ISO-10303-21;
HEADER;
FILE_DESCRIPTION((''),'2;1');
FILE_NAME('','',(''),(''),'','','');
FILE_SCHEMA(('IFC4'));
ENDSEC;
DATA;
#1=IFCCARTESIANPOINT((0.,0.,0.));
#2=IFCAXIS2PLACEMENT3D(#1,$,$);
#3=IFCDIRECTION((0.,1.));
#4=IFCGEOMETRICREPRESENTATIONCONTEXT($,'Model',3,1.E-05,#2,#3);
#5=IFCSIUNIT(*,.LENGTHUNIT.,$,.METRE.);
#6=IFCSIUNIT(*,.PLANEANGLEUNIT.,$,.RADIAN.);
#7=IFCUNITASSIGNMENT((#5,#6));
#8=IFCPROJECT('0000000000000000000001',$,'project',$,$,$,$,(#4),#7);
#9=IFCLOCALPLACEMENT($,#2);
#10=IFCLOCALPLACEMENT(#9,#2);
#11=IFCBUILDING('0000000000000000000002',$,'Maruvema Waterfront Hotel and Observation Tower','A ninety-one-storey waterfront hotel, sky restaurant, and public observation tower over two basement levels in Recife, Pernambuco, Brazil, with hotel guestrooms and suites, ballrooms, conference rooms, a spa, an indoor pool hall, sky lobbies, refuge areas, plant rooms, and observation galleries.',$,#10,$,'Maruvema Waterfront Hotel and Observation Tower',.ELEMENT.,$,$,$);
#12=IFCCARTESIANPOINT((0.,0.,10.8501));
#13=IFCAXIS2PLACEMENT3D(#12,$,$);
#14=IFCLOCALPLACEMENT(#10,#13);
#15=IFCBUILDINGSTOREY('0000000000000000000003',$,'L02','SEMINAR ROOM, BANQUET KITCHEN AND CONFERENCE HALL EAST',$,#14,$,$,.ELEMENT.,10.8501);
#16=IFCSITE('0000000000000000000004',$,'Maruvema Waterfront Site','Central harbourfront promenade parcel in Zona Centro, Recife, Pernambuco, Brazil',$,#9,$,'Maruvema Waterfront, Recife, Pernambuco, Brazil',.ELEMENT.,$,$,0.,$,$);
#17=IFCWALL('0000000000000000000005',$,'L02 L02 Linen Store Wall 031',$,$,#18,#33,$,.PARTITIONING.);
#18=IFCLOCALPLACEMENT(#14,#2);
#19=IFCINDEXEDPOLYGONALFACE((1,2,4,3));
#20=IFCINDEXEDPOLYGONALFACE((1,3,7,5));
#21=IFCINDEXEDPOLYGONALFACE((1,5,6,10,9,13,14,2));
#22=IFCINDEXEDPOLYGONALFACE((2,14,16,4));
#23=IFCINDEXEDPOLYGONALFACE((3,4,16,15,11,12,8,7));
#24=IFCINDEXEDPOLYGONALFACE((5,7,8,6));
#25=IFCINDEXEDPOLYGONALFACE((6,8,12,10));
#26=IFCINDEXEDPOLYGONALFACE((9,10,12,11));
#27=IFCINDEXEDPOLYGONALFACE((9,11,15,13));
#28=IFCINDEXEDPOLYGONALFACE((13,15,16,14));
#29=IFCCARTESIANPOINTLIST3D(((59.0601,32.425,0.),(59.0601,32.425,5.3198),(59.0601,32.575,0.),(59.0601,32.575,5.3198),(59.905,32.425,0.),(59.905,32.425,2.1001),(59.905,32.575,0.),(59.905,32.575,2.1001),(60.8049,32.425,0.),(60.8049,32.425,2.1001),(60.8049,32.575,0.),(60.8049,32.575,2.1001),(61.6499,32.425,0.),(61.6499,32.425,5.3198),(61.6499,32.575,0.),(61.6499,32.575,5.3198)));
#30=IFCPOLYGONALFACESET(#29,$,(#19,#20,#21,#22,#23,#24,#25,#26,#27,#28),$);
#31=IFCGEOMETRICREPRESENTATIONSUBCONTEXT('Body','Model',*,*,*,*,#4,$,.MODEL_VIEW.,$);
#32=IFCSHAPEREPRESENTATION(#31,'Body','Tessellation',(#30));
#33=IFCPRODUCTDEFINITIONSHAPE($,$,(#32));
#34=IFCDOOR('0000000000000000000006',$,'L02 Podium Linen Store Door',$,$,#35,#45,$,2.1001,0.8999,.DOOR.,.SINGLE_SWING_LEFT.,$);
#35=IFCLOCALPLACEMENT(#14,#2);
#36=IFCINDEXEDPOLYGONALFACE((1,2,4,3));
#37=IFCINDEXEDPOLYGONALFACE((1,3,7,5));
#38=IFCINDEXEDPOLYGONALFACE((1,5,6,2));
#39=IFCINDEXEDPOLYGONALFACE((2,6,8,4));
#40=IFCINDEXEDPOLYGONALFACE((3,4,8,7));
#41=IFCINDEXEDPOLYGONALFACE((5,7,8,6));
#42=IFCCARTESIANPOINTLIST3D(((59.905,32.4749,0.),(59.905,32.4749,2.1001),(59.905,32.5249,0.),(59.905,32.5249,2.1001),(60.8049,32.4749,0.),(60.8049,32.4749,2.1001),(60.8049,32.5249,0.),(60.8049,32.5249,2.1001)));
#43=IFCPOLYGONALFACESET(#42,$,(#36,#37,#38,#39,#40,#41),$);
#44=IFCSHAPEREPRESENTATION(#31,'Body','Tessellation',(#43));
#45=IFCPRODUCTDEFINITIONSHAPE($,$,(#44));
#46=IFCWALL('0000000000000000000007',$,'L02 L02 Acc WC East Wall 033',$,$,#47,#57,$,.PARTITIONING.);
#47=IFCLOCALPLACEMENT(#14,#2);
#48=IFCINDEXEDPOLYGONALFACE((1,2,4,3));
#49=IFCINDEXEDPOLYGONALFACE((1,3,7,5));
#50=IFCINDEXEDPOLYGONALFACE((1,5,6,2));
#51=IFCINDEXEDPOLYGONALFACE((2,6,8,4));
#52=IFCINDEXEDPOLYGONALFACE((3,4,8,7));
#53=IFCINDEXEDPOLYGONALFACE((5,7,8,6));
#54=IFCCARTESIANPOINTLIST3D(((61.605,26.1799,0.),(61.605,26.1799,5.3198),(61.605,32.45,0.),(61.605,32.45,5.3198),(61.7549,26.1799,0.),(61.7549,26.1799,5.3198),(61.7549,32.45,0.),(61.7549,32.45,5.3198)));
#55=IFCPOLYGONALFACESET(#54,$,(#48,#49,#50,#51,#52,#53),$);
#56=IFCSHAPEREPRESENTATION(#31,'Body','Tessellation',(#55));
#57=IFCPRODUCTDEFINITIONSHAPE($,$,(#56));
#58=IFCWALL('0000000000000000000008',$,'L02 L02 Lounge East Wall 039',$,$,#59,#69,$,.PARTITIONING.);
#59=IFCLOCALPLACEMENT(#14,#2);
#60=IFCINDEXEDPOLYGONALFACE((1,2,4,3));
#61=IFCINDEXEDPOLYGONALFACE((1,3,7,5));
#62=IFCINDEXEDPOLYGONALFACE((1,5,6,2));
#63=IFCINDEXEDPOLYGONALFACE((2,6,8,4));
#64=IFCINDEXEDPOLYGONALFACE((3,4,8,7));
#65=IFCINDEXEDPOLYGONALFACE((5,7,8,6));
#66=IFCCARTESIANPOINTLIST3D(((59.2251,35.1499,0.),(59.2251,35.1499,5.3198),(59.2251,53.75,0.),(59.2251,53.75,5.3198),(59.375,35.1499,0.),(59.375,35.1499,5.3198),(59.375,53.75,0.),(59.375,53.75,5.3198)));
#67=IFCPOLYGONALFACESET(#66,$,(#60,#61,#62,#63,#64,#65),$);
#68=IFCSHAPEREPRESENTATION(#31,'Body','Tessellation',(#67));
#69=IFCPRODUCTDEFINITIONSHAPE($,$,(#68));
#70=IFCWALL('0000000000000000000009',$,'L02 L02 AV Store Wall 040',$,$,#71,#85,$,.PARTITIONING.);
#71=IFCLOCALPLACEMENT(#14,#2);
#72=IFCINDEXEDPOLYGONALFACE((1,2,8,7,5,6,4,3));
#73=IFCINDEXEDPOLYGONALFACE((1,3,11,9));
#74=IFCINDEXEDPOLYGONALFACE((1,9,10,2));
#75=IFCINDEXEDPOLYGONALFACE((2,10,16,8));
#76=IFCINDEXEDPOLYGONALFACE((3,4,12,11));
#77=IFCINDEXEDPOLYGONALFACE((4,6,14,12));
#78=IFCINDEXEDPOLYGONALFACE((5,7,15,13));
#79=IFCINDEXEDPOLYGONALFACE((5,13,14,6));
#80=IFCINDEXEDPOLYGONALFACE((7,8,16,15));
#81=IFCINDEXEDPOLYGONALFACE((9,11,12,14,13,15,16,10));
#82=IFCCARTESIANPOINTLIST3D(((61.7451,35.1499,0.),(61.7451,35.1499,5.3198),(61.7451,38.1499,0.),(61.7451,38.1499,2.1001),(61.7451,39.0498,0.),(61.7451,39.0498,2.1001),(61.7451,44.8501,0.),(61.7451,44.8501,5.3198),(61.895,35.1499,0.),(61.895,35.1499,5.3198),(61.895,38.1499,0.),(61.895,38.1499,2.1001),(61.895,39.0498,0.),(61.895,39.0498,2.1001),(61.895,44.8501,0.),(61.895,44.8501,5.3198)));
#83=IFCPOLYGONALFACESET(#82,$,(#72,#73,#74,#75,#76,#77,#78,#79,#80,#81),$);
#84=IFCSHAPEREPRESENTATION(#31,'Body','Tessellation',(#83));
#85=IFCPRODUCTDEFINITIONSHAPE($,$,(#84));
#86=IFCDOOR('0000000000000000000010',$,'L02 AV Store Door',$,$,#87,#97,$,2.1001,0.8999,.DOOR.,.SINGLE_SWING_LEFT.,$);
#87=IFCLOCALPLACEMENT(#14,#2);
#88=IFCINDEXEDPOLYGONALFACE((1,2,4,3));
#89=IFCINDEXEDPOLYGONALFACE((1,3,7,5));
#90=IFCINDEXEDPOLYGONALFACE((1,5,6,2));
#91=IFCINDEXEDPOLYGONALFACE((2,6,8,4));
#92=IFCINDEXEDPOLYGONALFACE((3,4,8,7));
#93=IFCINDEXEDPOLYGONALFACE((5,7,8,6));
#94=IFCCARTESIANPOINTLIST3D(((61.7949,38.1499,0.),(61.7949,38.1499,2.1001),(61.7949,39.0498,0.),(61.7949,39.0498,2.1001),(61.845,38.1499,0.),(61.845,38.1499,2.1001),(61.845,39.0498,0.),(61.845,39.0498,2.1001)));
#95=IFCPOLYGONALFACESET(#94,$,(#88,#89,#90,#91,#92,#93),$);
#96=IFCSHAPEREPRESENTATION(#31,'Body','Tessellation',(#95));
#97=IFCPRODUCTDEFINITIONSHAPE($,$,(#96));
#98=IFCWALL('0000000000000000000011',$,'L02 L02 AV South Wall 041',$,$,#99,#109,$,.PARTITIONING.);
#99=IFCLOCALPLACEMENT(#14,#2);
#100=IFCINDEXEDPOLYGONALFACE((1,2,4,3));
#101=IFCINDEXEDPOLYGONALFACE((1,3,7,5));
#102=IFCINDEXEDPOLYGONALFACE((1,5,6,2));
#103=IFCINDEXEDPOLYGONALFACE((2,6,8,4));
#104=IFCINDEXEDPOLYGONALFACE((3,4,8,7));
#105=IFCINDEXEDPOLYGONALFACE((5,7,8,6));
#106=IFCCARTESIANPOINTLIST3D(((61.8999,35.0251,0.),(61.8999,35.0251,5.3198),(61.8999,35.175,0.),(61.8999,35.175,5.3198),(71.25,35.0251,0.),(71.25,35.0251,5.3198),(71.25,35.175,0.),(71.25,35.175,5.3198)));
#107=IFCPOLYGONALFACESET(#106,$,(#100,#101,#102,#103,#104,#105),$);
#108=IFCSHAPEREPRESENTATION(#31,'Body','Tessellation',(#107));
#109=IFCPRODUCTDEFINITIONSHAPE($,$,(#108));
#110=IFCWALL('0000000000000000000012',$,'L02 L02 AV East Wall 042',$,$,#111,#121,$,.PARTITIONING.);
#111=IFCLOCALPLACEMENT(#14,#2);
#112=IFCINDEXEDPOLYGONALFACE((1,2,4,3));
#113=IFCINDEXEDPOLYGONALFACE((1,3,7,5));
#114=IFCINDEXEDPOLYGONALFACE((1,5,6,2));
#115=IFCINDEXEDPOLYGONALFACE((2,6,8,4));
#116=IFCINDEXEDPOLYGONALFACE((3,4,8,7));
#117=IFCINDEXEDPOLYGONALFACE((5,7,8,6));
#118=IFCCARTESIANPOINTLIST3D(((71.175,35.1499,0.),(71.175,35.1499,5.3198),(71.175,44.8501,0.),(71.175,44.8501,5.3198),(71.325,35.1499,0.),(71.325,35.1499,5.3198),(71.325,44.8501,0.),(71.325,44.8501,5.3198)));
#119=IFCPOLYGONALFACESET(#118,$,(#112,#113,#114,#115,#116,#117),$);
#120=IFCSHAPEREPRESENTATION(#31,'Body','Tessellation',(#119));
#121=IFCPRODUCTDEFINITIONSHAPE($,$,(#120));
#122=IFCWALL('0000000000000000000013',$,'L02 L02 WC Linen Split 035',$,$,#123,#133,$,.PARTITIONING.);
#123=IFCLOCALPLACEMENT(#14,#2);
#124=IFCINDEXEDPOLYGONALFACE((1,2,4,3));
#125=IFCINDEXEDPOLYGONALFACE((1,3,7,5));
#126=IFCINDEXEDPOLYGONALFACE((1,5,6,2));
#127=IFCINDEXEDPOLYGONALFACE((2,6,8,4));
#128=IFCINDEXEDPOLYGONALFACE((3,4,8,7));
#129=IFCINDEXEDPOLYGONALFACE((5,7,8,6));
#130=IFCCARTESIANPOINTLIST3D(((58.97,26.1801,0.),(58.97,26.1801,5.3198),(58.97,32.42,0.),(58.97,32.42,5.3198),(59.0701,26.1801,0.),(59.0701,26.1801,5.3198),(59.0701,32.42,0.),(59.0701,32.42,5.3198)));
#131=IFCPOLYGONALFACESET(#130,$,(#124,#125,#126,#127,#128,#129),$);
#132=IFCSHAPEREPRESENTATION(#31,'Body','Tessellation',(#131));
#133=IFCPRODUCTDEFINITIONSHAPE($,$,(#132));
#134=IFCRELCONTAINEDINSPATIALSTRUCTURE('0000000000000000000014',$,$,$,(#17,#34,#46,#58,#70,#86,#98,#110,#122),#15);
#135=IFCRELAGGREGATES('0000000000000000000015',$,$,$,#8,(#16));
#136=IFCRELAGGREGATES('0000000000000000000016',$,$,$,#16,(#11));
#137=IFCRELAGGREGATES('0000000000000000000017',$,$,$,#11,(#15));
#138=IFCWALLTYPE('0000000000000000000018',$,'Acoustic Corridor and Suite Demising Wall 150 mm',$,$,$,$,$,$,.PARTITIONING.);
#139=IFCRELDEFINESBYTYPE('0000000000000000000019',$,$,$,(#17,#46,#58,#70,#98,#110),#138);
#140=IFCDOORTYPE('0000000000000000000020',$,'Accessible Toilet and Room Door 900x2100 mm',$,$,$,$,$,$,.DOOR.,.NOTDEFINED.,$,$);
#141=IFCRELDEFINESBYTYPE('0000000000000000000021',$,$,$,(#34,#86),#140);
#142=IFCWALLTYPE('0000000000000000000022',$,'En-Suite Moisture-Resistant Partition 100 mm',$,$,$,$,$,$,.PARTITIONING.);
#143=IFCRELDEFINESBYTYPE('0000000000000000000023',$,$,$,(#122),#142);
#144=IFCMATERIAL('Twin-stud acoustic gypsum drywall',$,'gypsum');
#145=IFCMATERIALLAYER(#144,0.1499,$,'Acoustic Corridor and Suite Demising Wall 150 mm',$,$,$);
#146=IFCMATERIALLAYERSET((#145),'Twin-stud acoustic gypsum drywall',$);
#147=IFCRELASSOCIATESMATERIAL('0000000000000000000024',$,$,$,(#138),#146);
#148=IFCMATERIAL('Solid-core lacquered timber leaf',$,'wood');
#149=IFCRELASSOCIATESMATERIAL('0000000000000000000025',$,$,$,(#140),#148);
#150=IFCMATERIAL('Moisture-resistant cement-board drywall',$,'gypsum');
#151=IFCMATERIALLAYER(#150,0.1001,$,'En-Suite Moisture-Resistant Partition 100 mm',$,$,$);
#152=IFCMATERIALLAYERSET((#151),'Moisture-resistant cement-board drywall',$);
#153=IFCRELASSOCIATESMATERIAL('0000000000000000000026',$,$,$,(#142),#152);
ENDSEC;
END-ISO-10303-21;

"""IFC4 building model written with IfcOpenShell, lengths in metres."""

from ifc_helpers import new_model, si_unit, direction, frame, frame_2d, origin, place, context, subcontext, project, spatial, rectangle, extrude, material, layer, layer_set, type_object, element, fill, save


model = new_model("IFC4")

# Units and contexts
model_context = context("Model", 3, precision=1e-05, world=origin(), true_north=direction((0.0, 1.0)))
body_context = subcontext(model_context, "Body", "Model", "MODEL_VIEW")
ifc_project = project(units=[si_unit("LENGTHUNIT", "METRE"), si_unit("PLANEANGLEUNIT", "RADIAN")], contexts=[model_context])

# Site, building, storey
site_placement = place(None, origin())
site = spatial("IfcSite", under=ifc_project, at=site_placement, Name="Maruvema Waterfront Site", Description="Central harbourfront promenade parcel in Zona Centro, Recife, Pernambuco, Brazil", LongName="Maruvema Waterfront, Recife, Pernambuco, Brazil", CompositionType="ELEMENT", RefElevation=0.0)
building_placement = place(site_placement, origin())
building = spatial("IfcBuilding", under=site, at=building_placement, Name="Maruvema Waterfront Hotel and Observation Tower", Description="A ninety-one-storey waterfront hotel, sky restaurant, and public observation tower over two basement levels in Recife, Pernambuco, Brazil, with hotel guestrooms and suites, ballrooms, conference rooms, a spa, an indoor pool hall, sky lobbies, refuge areas, plant rooms, and observation galleries.", LongName="Maruvema Waterfront Hotel and Observation Tower", CompositionType="ELEMENT")
storey_placement = place(building_placement, frame((0.0, 0.0, 10.8501)))
storey = spatial("IfcBuildingStorey", under=building, at=storey_placement, Name="L02", Description="SEMINAR ROOM, BANQUET KITCHEN AND CONFERENCE HALL EAST", CompositionType="ELEMENT", Elevation=10.8501)

# Wall, opening, door
ifc_material_1 = material(Name="Twin-stud acoustic gypsum drywall", Category="gypsum")
ifc_layer_1 = layer(ifc_material_1, 0.1499, Name="Acoustic Corridor and Suite Demising Wall 150 mm")
ifc_layer_set_1 = layer_set([ifc_layer_1], Name="Twin-stud acoustic gypsum drywall")
wall_type_1 = type_object("IfcWallType", Name="Acoustic Corridor and Suite Demising Wall 150 mm", PredefinedType="PARTITIONING", material=ifc_layer_set_1)
wall_1_placement = place(storey_placement, frame((59.0601, 32.5, 0.0), z_axis=(0.0, 0.0, 1.0), x_axis=(1.0, 0.0, 0.0)))
wall_1 = element("IfcWall", 1, at=wall_1_placement, inside=storey, type_object=wall_type_1, Name="L02 L02 Linen Store Wall 031", PredefinedType="PARTITIONING", context=body_context, shape_type="SweptSolid", body=[
    extrude(rectangle(XDim=2.5898, YDim=0.1499, at=frame_2d((1.2949, 0.0))), origin(), (0.0, 0.0, 1.0), 5.3198),
])
opening_1_placement = place(wall_1_placement, frame((0.845, 0.0, 0.0)))
opening_1 = element("IfcOpeningElement", 2, at=opening_1_placement, cuts=wall_1, PredefinedType="OPENING", context=body_context, shape_type="SweptSolid", body=[
    extrude(rectangle(XDim=0.8999, YDim=2.1001, at=frame_2d((0.45, 1.05))), frame((0.0, 0.085, 0.0), z_axis=(0.0, -1.0, 0.0), x_axis=(1.0, 0.0, 0.0)), (0.0, 0.0, 1.0), 0.1699),
])
ifc_material_2 = material(Name="Solid-core lacquered timber leaf", Category="wood")
door_type = type_object("IfcDoorType", Name="Accessible Toilet and Room Door 900x2100 mm", OperationType="NOTDEFINED", PredefinedType="DOOR", material=ifc_material_2)
door_1_placement = place(opening_1_placement, origin())
door_1 = element("IfcDoor", 3, at=door_1_placement, inside=storey, type_object=door_type, Name="L02 Podium Linen Store Door", OperationType="SINGLE_SWING_LEFT", OverallHeight=2.1001, OverallWidth=0.8999, PredefinedType="DOOR", context=body_context, shape_type="SweptSolid", body=[
    extrude(rectangle(XDim=0.8999, YDim=2.1001, at=frame_2d((0.45, 1.05))), frame((0.0, 0.0249, 0.0), z_axis=(0.0, -1.0, 0.0), x_axis=(1.0, 0.0, 0.0)), (0.0, 0.0, 1.0), 0.05),
])
fill(opening_1, door_1)

# Walls
wall_2_placement = place(storey_placement, frame((61.6799, 26.1799, 0.0), z_axis=(0.0, 0.0, 1.0), x_axis=(0.0, 1.0, 0.0)))
element("IfcWall", 4, at=wall_2_placement, inside=storey, type_object=wall_type_1, Name="L02 L02 Acc WC East Wall 033", PredefinedType="PARTITIONING", context=body_context, shape_type="SweptSolid", body=[
    extrude(rectangle(XDim=6.27, YDim=0.1499, at=frame_2d((3.135, 0.0))), origin(), (0.0, 0.0, 1.0), 5.3198),
])
wall_3_placement = place(storey_placement, frame((59.3, 35.1499, 0.0), z_axis=(0.0, 0.0, 1.0), x_axis=(0.0, 1.0, 0.0)))
element("IfcWall", 5, at=wall_3_placement, inside=storey, type_object=wall_type_1, Name="L02 L02 Lounge East Wall 039", PredefinedType="PARTITIONING", context=body_context, shape_type="SweptSolid", body=[
    extrude(rectangle(XDim=18.6001, YDim=0.1499, at=frame_2d((9.3, 0.0))), origin(), (0.0, 0.0, 1.0), 5.3198),
])

# Wall, opening, door
wall_4_placement = place(storey_placement, frame((61.8201, 35.1499, 0.0), z_axis=(0.0, 0.0, 1.0), x_axis=(0.0, 1.0, 0.0)))
wall_4 = element("IfcWall", 6, at=wall_4_placement, inside=storey, type_object=wall_type_1, Name="L02 L02 AV Store Wall 040", PredefinedType="PARTITIONING", context=body_context, shape_type="SweptSolid", body=[
    extrude(rectangle(XDim=9.7002, YDim=0.1499, at=frame_2d((4.8501, 0.0))), origin(), (0.0, 0.0, 1.0), 5.3198),
])
opening_2_placement = place(wall_4_placement, frame((3.0, 0.0, 0.0)))
opening_2 = element("IfcOpeningElement", 7, at=opening_2_placement, cuts=wall_4, PredefinedType="OPENING", context=body_context, shape_type="SweptSolid", body=[
    extrude(rectangle(XDim=0.8999, YDim=2.1001, at=frame_2d((0.45, 1.05))), frame((0.0, 0.085, 0.0), z_axis=(0.0, -1.0, 0.0), x_axis=(1.0, 0.0, 0.0)), (0.0, 0.0, 1.0), 0.1699),
])
door_2_placement = place(opening_2_placement, frame((0.8999, 0.0, 0.0), z_axis=(0.0, 0.0, 1.0), x_axis=(-1.0, 0.0, 0.0)))
door_2 = element("IfcDoor", 8, at=door_2_placement, inside=storey, type_object=door_type, Name="L02 AV Store Door", OperationType="SINGLE_SWING_LEFT", OverallHeight=2.1001, OverallWidth=0.8999, PredefinedType="DOOR", context=body_context, shape_type="SweptSolid", body=[
    extrude(rectangle(XDim=0.8999, YDim=2.1001, at=frame_2d((0.45, 1.05))), frame((0.0, 0.0249, 0.0), z_axis=(0.0, -1.0, 0.0), x_axis=(1.0, 0.0, 0.0)), (0.0, 0.0, 1.0), 0.05),
])
fill(opening_2, door_2)

# Walls
wall_5_placement = place(storey_placement, frame((61.8999, 35.1001, 0.0), z_axis=(0.0, 0.0, 1.0), x_axis=(1.0, 0.0, 0.0)))
element("IfcWall", 9, at=wall_5_placement, inside=storey, type_object=wall_type_1, Name="L02 L02 AV South Wall 041", PredefinedType="PARTITIONING", context=body_context, shape_type="SweptSolid", body=[
    extrude(rectangle(XDim=9.3501, YDim=0.1499, at=frame_2d((4.675, 0.0))), origin(), (0.0, 0.0, 1.0), 5.3198),
])
wall_6_placement = place(storey_placement, frame((71.25, 35.1499, 0.0), z_axis=(0.0, 0.0, 1.0), x_axis=(0.0, 1.0, 0.0)))
element("IfcWall", 10, at=wall_6_placement, inside=storey, type_object=wall_type_1, Name="L02 L02 AV East Wall 042", PredefinedType="PARTITIONING", context=body_context, shape_type="SweptSolid", body=[
    extrude(rectangle(XDim=9.7002, YDim=0.1499, at=frame_2d((4.8501, 0.0))), origin(), (0.0, 0.0, 1.0), 5.3198),
])
ifc_material_3 = material(Name="Moisture-resistant cement-board drywall", Category="gypsum")
ifc_layer_2 = layer(ifc_material_3, 0.1001, Name="En-Suite Moisture-Resistant Partition 100 mm")
ifc_layer_set_2 = layer_set([ifc_layer_2], Name="Moisture-resistant cement-board drywall")
wall_type_2 = type_object("IfcWallType", Name="En-Suite Moisture-Resistant Partition 100 mm", PredefinedType="PARTITIONING", material=ifc_layer_set_2)
wall_7_placement = place(storey_placement, frame((59.02, 26.1799, 0.0), z_axis=(0.0, 0.0, 1.0), x_axis=(0.0, 1.0, 0.0)))
element("IfcWall", 11, at=wall_7_placement, inside=storey, type_object=wall_type_2, Name="L02 L02 WC Linen Split 035", PredefinedType="PARTITIONING", context=body_context, shape_type="SweptSolid", body=[
    extrude(rectangle(XDim=6.24, YDim=0.1001, at=frame_2d((3.1201, 0.0))), origin(), (0.0, 0.0, 1.0), 5.3198),
])

save(model, "model.ifc")
